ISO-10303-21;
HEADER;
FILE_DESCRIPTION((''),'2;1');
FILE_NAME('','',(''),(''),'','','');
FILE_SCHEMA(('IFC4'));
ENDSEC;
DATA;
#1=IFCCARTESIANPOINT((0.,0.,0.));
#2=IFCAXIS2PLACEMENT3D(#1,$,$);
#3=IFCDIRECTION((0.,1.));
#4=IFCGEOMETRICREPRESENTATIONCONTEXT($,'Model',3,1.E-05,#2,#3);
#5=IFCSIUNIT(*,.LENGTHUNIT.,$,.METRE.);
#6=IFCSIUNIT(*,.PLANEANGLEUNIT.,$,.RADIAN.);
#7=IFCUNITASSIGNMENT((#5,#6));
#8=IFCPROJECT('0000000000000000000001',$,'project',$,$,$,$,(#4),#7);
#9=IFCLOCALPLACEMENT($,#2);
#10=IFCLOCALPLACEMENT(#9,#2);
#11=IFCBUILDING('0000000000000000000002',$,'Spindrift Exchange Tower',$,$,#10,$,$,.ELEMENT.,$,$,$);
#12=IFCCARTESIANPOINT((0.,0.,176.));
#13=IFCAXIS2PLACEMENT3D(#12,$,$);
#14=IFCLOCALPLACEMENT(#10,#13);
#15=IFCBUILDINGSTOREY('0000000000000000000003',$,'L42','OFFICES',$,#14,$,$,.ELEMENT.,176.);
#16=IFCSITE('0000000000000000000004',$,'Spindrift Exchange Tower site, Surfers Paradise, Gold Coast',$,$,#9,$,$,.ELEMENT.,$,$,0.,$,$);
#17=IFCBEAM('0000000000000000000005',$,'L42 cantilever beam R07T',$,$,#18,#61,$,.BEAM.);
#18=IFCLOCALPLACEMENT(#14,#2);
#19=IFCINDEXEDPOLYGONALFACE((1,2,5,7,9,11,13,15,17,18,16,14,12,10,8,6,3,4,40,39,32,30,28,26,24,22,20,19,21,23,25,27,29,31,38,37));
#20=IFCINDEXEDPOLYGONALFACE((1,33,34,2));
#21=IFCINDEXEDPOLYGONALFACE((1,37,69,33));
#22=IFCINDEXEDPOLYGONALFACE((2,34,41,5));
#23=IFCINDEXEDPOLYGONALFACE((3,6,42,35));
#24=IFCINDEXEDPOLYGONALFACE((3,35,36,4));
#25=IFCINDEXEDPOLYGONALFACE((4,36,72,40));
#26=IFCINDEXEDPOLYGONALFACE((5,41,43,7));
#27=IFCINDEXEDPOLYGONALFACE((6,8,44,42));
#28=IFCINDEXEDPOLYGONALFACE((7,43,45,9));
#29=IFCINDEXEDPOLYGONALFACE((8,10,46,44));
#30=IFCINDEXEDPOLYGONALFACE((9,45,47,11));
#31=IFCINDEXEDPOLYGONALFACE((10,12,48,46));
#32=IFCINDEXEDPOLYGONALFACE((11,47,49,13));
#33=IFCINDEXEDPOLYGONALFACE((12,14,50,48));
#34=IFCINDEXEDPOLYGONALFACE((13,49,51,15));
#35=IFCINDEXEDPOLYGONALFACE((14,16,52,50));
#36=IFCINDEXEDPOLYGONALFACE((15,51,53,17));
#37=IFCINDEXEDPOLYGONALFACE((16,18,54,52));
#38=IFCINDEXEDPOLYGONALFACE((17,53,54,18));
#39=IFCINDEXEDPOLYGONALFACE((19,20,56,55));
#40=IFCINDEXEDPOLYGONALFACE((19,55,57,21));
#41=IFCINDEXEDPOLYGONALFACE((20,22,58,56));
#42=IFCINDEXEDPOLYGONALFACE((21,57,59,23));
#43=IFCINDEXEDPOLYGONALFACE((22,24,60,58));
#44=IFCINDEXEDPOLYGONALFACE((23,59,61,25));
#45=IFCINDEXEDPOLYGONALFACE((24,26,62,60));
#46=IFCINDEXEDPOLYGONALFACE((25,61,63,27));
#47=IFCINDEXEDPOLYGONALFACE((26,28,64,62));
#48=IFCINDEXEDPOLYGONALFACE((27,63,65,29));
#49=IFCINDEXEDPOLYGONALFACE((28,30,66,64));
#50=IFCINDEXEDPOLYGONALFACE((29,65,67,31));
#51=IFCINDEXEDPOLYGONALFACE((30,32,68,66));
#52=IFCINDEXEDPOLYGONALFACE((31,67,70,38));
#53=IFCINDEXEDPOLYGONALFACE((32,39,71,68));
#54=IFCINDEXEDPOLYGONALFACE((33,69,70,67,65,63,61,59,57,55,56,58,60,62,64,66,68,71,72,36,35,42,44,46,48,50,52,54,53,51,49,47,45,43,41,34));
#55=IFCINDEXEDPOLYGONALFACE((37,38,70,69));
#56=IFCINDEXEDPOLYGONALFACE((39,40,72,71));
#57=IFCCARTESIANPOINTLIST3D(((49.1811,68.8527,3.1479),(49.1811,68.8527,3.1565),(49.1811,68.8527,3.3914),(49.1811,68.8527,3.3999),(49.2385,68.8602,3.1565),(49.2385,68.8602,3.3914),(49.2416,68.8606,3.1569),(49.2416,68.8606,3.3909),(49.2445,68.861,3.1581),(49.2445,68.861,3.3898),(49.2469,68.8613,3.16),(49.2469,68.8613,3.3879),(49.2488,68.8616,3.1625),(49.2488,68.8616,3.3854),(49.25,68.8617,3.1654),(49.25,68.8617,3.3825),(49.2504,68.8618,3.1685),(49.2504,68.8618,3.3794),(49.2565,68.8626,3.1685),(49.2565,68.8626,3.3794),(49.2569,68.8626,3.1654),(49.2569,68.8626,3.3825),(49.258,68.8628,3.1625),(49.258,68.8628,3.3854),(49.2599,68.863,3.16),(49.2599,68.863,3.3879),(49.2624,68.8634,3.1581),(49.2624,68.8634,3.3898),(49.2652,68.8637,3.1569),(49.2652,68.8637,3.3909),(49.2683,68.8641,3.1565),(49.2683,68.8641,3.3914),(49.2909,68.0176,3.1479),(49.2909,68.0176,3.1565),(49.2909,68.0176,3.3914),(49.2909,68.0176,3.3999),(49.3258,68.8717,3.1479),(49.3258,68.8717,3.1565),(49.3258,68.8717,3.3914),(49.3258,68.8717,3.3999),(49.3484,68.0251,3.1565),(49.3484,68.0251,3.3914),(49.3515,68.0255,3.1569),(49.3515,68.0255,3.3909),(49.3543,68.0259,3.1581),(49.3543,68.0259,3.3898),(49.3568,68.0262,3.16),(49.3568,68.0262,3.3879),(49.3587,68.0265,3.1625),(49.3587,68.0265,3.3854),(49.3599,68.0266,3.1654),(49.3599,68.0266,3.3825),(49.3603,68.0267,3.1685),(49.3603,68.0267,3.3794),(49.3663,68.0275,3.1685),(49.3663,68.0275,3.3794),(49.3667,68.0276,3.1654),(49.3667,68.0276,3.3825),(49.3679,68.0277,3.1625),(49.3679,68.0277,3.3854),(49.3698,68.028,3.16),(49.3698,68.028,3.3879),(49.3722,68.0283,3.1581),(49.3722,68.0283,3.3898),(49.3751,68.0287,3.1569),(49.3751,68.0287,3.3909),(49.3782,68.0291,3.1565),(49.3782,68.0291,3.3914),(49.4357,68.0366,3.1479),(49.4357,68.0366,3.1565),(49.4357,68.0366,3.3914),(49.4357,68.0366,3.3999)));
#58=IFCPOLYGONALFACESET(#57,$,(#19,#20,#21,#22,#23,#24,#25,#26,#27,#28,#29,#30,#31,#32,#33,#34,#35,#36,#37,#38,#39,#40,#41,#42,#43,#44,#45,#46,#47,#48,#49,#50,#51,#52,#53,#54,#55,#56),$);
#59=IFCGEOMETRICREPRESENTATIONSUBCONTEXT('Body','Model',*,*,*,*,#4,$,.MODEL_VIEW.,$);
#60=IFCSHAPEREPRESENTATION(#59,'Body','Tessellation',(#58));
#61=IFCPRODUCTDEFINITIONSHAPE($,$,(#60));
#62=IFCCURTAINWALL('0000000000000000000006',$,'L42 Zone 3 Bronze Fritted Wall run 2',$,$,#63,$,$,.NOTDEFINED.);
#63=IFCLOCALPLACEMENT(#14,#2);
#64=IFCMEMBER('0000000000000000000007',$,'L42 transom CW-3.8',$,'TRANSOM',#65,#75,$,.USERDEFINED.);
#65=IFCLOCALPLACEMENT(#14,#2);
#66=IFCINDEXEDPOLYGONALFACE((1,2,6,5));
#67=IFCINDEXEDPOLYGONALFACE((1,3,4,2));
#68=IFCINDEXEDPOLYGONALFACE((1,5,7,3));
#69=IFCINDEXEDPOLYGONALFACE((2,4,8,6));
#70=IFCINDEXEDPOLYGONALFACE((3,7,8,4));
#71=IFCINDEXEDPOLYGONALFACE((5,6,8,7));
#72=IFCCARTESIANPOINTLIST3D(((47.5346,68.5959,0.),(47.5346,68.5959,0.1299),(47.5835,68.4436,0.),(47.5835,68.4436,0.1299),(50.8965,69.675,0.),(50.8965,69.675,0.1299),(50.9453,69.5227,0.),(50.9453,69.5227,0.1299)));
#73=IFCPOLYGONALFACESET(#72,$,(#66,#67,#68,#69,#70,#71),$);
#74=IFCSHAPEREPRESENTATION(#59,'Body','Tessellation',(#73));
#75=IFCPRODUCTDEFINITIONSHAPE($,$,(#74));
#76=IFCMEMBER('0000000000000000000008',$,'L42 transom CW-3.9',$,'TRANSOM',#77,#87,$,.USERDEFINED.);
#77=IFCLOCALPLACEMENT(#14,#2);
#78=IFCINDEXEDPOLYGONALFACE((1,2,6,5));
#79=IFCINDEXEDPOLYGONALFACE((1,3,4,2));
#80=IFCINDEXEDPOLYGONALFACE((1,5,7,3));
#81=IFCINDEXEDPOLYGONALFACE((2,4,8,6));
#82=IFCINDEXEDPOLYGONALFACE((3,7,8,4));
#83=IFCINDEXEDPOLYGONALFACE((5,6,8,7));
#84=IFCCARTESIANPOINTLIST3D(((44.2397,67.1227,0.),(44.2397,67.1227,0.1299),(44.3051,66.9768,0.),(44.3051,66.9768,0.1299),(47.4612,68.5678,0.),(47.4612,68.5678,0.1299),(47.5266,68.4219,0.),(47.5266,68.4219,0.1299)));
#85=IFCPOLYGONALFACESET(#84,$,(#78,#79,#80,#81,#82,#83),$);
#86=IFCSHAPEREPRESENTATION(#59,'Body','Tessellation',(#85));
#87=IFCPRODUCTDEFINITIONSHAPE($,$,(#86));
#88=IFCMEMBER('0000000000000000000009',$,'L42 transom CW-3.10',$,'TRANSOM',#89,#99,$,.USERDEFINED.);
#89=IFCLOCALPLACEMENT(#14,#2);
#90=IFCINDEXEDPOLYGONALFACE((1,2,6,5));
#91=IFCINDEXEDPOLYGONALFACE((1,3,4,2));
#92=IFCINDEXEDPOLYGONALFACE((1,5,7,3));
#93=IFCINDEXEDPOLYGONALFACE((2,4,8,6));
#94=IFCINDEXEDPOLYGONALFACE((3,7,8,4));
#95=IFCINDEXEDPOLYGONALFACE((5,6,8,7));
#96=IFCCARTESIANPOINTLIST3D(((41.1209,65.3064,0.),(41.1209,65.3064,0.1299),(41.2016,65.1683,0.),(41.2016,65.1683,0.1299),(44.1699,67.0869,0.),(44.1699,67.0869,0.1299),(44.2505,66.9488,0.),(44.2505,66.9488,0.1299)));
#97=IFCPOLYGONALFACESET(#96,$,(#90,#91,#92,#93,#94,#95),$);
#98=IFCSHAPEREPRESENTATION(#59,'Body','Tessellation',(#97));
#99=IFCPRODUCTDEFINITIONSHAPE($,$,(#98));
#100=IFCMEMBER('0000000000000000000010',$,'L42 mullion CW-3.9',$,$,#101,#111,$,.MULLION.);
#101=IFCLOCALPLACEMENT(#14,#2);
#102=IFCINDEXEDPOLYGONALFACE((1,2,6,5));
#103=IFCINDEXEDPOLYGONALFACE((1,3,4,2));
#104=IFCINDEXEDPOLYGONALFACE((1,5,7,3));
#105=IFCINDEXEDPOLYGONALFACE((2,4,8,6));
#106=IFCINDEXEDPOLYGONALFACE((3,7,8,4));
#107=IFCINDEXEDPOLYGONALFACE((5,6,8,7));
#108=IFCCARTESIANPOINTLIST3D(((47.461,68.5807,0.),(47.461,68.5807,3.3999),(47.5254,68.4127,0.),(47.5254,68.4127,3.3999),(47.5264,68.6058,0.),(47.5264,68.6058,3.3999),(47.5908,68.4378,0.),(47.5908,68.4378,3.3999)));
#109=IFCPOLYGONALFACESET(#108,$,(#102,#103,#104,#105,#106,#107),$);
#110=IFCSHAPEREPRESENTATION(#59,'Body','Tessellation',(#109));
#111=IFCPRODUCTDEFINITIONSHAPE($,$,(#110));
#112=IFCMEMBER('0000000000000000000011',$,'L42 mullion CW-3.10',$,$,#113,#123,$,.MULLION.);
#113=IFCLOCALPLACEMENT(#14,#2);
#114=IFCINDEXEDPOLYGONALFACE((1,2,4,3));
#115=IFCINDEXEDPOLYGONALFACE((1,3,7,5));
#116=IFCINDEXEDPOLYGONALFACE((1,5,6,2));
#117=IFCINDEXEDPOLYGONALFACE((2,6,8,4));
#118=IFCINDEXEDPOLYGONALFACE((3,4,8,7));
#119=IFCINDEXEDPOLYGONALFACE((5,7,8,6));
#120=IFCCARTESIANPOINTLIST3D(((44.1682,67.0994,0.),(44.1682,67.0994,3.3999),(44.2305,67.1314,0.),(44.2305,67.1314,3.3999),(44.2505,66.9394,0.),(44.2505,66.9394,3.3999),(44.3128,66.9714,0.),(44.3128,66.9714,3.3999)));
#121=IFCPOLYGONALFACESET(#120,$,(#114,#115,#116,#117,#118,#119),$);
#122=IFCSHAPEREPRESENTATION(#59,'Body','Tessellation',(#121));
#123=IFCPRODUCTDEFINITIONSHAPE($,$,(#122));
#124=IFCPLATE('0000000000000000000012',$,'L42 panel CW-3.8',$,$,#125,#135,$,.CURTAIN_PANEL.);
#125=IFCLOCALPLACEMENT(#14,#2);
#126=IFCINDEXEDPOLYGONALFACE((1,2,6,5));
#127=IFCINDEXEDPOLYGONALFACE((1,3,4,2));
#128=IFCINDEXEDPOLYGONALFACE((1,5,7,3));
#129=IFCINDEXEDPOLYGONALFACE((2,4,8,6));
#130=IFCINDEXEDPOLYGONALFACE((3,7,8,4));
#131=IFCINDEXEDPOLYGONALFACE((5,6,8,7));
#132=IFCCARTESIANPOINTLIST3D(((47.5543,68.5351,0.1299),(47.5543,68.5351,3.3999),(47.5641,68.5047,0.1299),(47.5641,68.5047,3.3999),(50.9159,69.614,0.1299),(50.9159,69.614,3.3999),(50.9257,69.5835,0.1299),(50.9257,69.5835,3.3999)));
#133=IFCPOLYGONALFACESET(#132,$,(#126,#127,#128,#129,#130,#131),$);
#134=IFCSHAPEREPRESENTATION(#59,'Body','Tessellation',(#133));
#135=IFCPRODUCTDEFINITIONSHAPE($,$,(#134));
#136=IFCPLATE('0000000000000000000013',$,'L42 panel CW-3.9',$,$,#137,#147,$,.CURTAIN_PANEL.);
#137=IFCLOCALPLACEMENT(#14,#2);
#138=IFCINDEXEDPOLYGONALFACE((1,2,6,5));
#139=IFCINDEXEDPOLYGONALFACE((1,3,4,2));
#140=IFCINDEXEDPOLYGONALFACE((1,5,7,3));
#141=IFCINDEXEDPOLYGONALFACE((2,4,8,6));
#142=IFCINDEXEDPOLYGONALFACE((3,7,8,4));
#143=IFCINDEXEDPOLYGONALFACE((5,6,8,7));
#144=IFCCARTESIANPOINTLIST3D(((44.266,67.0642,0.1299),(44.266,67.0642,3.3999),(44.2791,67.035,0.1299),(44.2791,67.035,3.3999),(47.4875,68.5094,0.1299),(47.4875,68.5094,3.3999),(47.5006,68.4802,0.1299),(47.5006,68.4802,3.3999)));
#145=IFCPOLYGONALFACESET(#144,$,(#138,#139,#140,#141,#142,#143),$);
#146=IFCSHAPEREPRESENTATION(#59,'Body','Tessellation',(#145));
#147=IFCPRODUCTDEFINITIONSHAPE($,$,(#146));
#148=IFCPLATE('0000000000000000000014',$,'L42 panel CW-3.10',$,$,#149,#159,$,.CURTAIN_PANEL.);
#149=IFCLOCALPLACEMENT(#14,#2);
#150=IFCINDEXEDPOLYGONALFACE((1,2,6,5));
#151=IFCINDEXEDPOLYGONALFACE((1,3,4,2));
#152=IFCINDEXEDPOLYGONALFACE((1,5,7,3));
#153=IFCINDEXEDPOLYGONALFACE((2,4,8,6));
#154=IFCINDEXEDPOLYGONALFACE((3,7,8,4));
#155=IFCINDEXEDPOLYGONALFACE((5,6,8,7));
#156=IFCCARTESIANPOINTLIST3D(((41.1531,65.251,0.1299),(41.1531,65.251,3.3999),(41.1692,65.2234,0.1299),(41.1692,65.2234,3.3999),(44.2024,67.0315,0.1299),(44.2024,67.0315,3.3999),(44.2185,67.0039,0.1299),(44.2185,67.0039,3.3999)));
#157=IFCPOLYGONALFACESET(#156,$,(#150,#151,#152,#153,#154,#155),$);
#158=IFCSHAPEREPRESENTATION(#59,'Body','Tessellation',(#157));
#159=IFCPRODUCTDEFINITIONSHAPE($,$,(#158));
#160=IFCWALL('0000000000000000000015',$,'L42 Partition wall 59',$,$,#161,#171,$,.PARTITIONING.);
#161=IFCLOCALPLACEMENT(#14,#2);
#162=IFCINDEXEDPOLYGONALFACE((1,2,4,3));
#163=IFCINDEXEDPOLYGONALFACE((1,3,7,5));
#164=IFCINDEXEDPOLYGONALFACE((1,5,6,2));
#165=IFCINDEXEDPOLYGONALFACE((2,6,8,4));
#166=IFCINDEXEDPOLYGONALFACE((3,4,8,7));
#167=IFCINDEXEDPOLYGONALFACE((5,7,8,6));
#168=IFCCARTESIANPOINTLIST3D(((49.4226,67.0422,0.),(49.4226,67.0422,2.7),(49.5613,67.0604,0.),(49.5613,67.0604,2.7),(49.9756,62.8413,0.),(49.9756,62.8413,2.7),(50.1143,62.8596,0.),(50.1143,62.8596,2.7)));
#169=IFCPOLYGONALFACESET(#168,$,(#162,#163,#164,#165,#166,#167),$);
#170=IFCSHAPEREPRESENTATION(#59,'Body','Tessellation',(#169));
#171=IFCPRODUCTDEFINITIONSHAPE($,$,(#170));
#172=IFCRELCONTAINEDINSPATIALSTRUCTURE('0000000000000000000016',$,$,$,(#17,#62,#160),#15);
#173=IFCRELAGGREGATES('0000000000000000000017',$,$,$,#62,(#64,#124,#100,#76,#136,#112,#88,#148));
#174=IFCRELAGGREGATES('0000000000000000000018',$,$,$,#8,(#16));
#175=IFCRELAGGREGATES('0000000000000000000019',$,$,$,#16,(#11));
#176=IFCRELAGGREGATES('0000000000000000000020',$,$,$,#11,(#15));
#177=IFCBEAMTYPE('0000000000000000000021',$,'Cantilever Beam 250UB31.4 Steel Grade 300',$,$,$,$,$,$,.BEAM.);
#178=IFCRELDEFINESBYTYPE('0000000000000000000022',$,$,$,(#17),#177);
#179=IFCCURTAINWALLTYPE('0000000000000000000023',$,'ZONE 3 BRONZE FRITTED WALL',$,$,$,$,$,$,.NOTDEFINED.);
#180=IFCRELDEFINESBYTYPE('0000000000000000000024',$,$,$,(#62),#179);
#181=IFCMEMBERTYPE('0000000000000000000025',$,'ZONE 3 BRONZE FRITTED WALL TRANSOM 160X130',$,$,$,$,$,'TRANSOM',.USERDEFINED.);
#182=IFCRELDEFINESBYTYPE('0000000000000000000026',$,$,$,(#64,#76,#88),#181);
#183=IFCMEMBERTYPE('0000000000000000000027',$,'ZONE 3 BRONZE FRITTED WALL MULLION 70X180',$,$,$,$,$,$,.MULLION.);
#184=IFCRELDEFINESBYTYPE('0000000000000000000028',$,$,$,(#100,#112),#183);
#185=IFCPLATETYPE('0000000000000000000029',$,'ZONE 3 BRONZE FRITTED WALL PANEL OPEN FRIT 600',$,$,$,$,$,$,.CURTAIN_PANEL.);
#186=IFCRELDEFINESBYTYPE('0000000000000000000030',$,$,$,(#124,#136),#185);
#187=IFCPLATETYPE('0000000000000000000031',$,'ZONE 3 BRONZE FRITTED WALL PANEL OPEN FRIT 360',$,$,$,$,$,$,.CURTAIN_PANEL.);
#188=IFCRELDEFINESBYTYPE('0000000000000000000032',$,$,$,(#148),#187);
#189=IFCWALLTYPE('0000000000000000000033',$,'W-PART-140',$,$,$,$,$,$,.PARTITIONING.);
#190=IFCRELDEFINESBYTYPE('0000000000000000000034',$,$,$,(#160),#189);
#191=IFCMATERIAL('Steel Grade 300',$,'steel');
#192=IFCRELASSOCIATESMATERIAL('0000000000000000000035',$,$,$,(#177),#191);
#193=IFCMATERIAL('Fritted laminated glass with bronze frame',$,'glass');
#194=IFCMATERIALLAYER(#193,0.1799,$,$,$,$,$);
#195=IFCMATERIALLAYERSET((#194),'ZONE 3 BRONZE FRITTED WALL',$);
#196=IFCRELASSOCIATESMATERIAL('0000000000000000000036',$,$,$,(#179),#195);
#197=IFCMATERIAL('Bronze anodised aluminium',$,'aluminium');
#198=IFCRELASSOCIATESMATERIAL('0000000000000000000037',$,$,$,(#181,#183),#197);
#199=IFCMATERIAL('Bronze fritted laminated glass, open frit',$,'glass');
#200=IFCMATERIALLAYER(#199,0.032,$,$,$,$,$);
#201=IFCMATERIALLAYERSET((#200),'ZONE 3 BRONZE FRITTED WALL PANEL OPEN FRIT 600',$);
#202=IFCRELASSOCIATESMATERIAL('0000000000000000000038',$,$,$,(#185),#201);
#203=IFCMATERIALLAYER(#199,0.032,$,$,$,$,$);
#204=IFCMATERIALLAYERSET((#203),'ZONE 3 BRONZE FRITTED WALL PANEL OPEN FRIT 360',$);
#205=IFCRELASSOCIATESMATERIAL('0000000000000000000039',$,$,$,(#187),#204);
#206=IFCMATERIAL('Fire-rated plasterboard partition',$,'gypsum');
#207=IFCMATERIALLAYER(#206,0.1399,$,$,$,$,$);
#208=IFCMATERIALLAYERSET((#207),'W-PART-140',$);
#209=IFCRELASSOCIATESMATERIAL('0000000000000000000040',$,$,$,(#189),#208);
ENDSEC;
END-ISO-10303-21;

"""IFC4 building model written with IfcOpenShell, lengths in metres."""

from ifc_helpers import new_model, si_unit, direction, frame, frame_2d, origin, origin_2d, place, context, subcontext, project, spatial, rectangle, i_section, extrude, source, transform, mapped, material, layer, layer_set, material_profile, profile_set, type_object, element, aggregate, save


model = new_model("IFC4")

# Units and contexts
model_context = context("Model", 3, precision=1e-05, world=origin(), true_north=direction((0.0, 1.0)))
body_context = subcontext(model_context, "Body", "Model", "MODEL_VIEW")
ifc_project = project(units=[si_unit("LENGTHUNIT", "METRE"), si_unit("PLANEANGLEUNIT", "RADIAN")], contexts=[model_context])

# Site, building, storey
site_placement = place(None, origin())
site = spatial("IfcSite", under=ifc_project, at=site_placement, Name="Spindrift Exchange Tower site, Surfers Paradise, Gold Coast", CompositionType="ELEMENT", RefElevation=0.0)
building_placement = place(site_placement, origin())
building = spatial("IfcBuilding", under=site, at=building_placement, Name="Spindrift Exchange Tower", CompositionType="ELEMENT")
storey_placement = place(building_placement, frame((0.0, 0.0, 176.0)))
storey = spatial("IfcBuildingStorey", under=building, at=storey_placement, Name="L42", Description="OFFICES", CompositionType="ELEMENT", Elevation=176.0)

# Beam
ifc_material_1 = material(Name="Steel Grade 300", Category="steel")
ifc_material_profile_1 = material_profile(ifc_material_1, i_section(OverallWidth=0.146, OverallDepth=0.252, WebThickness=0.0061, FlangeThickness=0.0085, FilletRadius=0.012, at=origin_2d()), Name="250UB31.4")
ifc_profile_set_1 = profile_set([ifc_material_profile_1], Name="Steel Grade 300")
beam_type_1 = type_object("IfcBeamType", Name="Cantilever Beam 250UB31.4 Steel Grade 300", PredefinedType="BEAM", material=ifc_profile_set_1)
shared_shape_1 = source(origin(), body_context, "Body", "SweptSolid", [
    extrude(i_section(OverallWidth=0.146, OverallDepth=0.252, WebThickness=0.0061, FlangeThickness=0.0085, FilletRadius=0.012, at=origin_2d()), origin(), (0.0, 0.0, 1.0), 0.8423),
])
beam_1_placement = place(storey_placement, frame((49.3633, 68.0271, 3.2739), z_axis=(-0.130417, 0.991459, 0.0), x_axis=(-0.991459, -0.130417, 0.0)))
element("IfcBeam", 1, at=beam_1_placement, inside=storey, type_object=beam_type_1, Name="L42 cantilever beam R07T", PredefinedType="BEAM", context=body_context, shape_type="MappedRepresentation", body=[
    mapped(shared_shape_1, transform((0.0, 0.0, 0.0), scale=1.0)),
])

# Curtain wall, members, plates
ifc_material_2 = material(Name="Fritted laminated glass with bronze frame", Category="glass")
ifc_layer_1 = layer(ifc_material_2, 0.1799)
ifc_layer_set_1 = layer_set([ifc_layer_1], Name="ZONE 3 BRONZE FRITTED WALL")
curtain_wall_type = type_object("IfcCurtainWallType", Name="ZONE 3 BRONZE FRITTED WALL", PredefinedType="NOTDEFINED", material=ifc_layer_set_1)
curtain_wall_placement = place(storey_placement, origin())
curtain_wall = element("IfcCurtainWall", 2, at=curtain_wall_placement, inside=storey, type_object=curtain_wall_type, Name="L42 Zone 3 Bronze Fritted Wall run 2", PredefinedType="NOTDEFINED")
ifc_material_3 = material(Name="Bronze anodised aluminium", Category="aluminium")
ifc_material_profile_2 = material_profile(ifc_material_3, rectangle(XDim=0.1599, YDim=0.1299, at=origin_2d()), Name="ZONE 3 BRONZE FRITTED WALL TRANSOM 160X130")
ifc_profile_set_2 = profile_set([ifc_material_profile_2], Name="Bronze anodised aluminium")
member_type_1 = type_object("IfcMemberType", Name="ZONE 3 BRONZE FRITTED WALL TRANSOM 160X130", ElementType="TRANSOM", PredefinedType="USERDEFINED", material=ifc_profile_set_2)
shared_shape_2 = source(origin(), body_context, "Body", "SweptSolid", [
    extrude(rectangle(XDim=0.1599, YDim=0.1299, at=origin_2d()), origin(), (0.0, 0.0, 1.0), 3.5308),
])
member_1_placement = place(storey_placement, frame((50.9209, 69.5989, 0.0649), z_axis=(-0.952151, -0.305629, 0.0), x_axis=(0.305629, -0.952151, 0.0)))
member_1 = element("IfcMember", 3, at=member_1_placement, type_object=member_type_1, Name="L42 transom CW-3.8", ObjectType="TRANSOM", PredefinedType="USERDEFINED", context=body_context, shape_type="MappedRepresentation", body=[
    mapped(shared_shape_2, transform((0.0, 0.0, 0.0), scale=1.0)),
])
member_2_placement = place(storey_placement, frame((47.4939, 68.4949, 0.0649), z_axis=(-0.912406, -0.409286, 0.0), x_axis=(0.409286, -0.912406, 0.0)))
member_2 = element("IfcMember", 4, at=member_2_placement, type_object=member_type_1, Name="L42 transom CW-3.9", ObjectType="TRANSOM", PredefinedType="USERDEFINED", context=body_context, shape_type="MappedRepresentation", body=[
    mapped(shared_shape_2, transform((0.0, 0.0, 0.0), scale=1.0)),
])
member_3_placement = place(storey_placement, frame((44.2102, 67.0178, 0.0649), z_axis=(-0.863546, -0.504271, 0.0), x_axis=(0.504271, -0.863546, 0.0)))
member_3 = element("IfcMember", 5, at=member_3_placement, type_object=member_type_1, Name="L42 transom CW-3.10", ObjectType="TRANSOM", PredefinedType="USERDEFINED", context=body_context, shape_type="MappedRepresentation", body=[
    mapped(shared_shape_2, transform((0.0, 0.0, 0.0), scale=1.0)),
])
ifc_material_profile_3 = material_profile(ifc_material_3, rectangle(XDim=0.0701, YDim=0.1799, at=origin_2d()), Name="ZONE 3 BRONZE FRITTED WALL MULLION 70X180")
ifc_profile_set_3 = profile_set([ifc_material_profile_3], Name="Bronze anodised aluminium")
member_type_2 = type_object("IfcMemberType", Name="ZONE 3 BRONZE FRITTED WALL MULLION 70X180", PredefinedType="MULLION", material=ifc_profile_set_3)
shared_shape_3 = source(origin(), body_context, "Body", "SweptSolid", [
    extrude(rectangle(XDim=0.0701, YDim=0.1799, at=origin_2d()), origin(), (0.0, 0.0, 1.0), 3.3999),
])
member_4_placement = place(storey_placement, frame((47.5259, 68.5093, 0.0), z_axis=(0.0, 0.0, 1.0), x_axis=(-0.933722, -0.357998, 0.0)))
member_4 = element("IfcMember", 6, at=member_4_placement, type_object=member_type_2, Name="L42 mullion CW-3.9", PredefinedType="MULLION", context=body_context, shape_type="MappedRepresentation", body=[
    mapped(shared_shape_3, transform((0.0, 0.0, 0.0), scale=1.0)),
])
member_5_placement = place(storey_placement, frame((44.2405, 67.0354, 0.0), z_axis=(0.0, 0.0, 1.0), x_axis=(-0.889249, -0.457423, 0.0)))
member_5 = element("IfcMember", 7, at=member_5_placement, type_object=member_type_2, Name="L42 mullion CW-3.10", PredefinedType="MULLION", context=body_context, shape_type="MappedRepresentation", body=[
    mapped(shared_shape_3, transform((0.0, 0.0, 0.0), scale=1.0)),
])
ifc_material_4 = material(Name="Bronze fritted laminated glass, open frit", Category="glass")
ifc_layer_2 = layer(ifc_material_4, 0.032)
ifc_layer_set_2 = layer_set([ifc_layer_2], Name="ZONE 3 BRONZE FRITTED WALL PANEL OPEN FRIT 600")
plate_type_1 = type_object("IfcPlateType", Name="ZONE 3 BRONZE FRITTED WALL PANEL OPEN FRIT 600", PredefinedType="CURTAIN_PANEL", material=ifc_layer_set_2)
shared_shape_4 = source(origin(), body_context, "Body", "SweptSolid", [
    extrude(rectangle(XDim=3.5305, YDim=0.032, at=origin_2d()), origin(), (0.0, 0.0, 1.0), 3.27),
])
plate_1_placement = place(storey_placement, frame((49.24, 69.0593, 0.1299), z_axis=(0.0, 0.0, 1.0), x_axis=(-0.952165, -0.305586, 0.0)))
plate_1 = element("IfcPlate", 8, at=plate_1_placement, type_object=plate_type_1, Name="L42 panel CW-3.8", PredefinedType="CURTAIN_PANEL", context=body_context, shape_type="MappedRepresentation", body=[
    mapped(shared_shape_4, transform((0.0, 0.0, 0.0), scale=1.0)),
])
shared_shape_5 = source(origin(), body_context, "Body", "SweptSolid", [
    extrude(rectangle(XDim=3.5308, YDim=0.032, at=origin_2d()), origin(), (0.0, 0.0, 1.0), 3.27),
])
plate_2_placement = place(storey_placement, frame((45.8833, 67.7722, 0.1299), z_axis=(0.0, 0.0, 1.0), x_axis=(-0.912398, -0.409305, 0.0)))
plate_2 = element("IfcPlate", 9, at=plate_2_placement, type_object=plate_type_1, Name="L42 panel CW-3.9", PredefinedType="CURTAIN_PANEL", context=body_context, shape_type="MappedRepresentation", body=[
    mapped(shared_shape_5, transform((0.0, 0.0, 0.0), scale=1.0)),
])
ifc_layer_3 = layer(ifc_material_4, 0.032)
ifc_layer_set_3 = layer_set([ifc_layer_3], Name="ZONE 3 BRONZE FRITTED WALL PANEL OPEN FRIT 360")
plate_type_2 = type_object("IfcPlateType", Name="ZONE 3 BRONZE FRITTED WALL PANEL OPEN FRIT 360", PredefinedType="CURTAIN_PANEL", material=ifc_layer_set_3)
shared_shape_6 = source(origin(), body_context, "Body", "SweptSolid", [
    extrude(rectangle(XDim=3.531, YDim=0.032, at=origin_2d()), origin(), (0.0, 0.0, 1.0), 3.27),
])
plate_3_placement = place(storey_placement, frame((42.6858, 66.1274, 0.1299), z_axis=(0.0, 0.0, 1.0), x_axis=(-0.863565, -0.504237, 0.0)))
plate_3 = element("IfcPlate", 10, at=plate_3_placement, type_object=plate_type_2, Name="L42 panel CW-3.10", PredefinedType="CURTAIN_PANEL", context=body_context, shape_type="MappedRepresentation", body=[
    mapped(shared_shape_6, transform((0.0, 0.0, 0.0), scale=1.0)),
])
aggregate(curtain_wall, [member_1, plate_1, member_4, member_2, plate_2, member_5, member_3, plate_3])

# Wall
ifc_material_5 = material(Name="Fire-rated plasterboard partition", Category="gypsum")
ifc_layer_4 = layer(ifc_material_5, 0.1399)
ifc_layer_set_4 = layer_set([ifc_layer_4], Name="W-PART-140")
wall_type = type_object("IfcWallType", Name="W-PART-140", PredefinedType="PARTITIONING", material=ifc_layer_set_4)
wall_1_placement = place(storey_placement, frame((50.0449, 62.8503, 0.0), z_axis=(0.0, 0.0, 1.0), x_axis=(-0.130507, 0.991447, 0.0)))
element("IfcWall", 11, at=wall_1_placement, inside=storey, type_object=wall_type, Name="L42 Partition wall 59", PredefinedType="PARTITIONING", context=body_context, shape_type="SweptSolid", body=[
    extrude(rectangle(XDim=4.2371, YDim=0.1399, at=frame_2d((2.1187, 0.0))), origin(), (0.0, 0.0, 1.0), 2.7),
])

save(model, "model.ifc")
